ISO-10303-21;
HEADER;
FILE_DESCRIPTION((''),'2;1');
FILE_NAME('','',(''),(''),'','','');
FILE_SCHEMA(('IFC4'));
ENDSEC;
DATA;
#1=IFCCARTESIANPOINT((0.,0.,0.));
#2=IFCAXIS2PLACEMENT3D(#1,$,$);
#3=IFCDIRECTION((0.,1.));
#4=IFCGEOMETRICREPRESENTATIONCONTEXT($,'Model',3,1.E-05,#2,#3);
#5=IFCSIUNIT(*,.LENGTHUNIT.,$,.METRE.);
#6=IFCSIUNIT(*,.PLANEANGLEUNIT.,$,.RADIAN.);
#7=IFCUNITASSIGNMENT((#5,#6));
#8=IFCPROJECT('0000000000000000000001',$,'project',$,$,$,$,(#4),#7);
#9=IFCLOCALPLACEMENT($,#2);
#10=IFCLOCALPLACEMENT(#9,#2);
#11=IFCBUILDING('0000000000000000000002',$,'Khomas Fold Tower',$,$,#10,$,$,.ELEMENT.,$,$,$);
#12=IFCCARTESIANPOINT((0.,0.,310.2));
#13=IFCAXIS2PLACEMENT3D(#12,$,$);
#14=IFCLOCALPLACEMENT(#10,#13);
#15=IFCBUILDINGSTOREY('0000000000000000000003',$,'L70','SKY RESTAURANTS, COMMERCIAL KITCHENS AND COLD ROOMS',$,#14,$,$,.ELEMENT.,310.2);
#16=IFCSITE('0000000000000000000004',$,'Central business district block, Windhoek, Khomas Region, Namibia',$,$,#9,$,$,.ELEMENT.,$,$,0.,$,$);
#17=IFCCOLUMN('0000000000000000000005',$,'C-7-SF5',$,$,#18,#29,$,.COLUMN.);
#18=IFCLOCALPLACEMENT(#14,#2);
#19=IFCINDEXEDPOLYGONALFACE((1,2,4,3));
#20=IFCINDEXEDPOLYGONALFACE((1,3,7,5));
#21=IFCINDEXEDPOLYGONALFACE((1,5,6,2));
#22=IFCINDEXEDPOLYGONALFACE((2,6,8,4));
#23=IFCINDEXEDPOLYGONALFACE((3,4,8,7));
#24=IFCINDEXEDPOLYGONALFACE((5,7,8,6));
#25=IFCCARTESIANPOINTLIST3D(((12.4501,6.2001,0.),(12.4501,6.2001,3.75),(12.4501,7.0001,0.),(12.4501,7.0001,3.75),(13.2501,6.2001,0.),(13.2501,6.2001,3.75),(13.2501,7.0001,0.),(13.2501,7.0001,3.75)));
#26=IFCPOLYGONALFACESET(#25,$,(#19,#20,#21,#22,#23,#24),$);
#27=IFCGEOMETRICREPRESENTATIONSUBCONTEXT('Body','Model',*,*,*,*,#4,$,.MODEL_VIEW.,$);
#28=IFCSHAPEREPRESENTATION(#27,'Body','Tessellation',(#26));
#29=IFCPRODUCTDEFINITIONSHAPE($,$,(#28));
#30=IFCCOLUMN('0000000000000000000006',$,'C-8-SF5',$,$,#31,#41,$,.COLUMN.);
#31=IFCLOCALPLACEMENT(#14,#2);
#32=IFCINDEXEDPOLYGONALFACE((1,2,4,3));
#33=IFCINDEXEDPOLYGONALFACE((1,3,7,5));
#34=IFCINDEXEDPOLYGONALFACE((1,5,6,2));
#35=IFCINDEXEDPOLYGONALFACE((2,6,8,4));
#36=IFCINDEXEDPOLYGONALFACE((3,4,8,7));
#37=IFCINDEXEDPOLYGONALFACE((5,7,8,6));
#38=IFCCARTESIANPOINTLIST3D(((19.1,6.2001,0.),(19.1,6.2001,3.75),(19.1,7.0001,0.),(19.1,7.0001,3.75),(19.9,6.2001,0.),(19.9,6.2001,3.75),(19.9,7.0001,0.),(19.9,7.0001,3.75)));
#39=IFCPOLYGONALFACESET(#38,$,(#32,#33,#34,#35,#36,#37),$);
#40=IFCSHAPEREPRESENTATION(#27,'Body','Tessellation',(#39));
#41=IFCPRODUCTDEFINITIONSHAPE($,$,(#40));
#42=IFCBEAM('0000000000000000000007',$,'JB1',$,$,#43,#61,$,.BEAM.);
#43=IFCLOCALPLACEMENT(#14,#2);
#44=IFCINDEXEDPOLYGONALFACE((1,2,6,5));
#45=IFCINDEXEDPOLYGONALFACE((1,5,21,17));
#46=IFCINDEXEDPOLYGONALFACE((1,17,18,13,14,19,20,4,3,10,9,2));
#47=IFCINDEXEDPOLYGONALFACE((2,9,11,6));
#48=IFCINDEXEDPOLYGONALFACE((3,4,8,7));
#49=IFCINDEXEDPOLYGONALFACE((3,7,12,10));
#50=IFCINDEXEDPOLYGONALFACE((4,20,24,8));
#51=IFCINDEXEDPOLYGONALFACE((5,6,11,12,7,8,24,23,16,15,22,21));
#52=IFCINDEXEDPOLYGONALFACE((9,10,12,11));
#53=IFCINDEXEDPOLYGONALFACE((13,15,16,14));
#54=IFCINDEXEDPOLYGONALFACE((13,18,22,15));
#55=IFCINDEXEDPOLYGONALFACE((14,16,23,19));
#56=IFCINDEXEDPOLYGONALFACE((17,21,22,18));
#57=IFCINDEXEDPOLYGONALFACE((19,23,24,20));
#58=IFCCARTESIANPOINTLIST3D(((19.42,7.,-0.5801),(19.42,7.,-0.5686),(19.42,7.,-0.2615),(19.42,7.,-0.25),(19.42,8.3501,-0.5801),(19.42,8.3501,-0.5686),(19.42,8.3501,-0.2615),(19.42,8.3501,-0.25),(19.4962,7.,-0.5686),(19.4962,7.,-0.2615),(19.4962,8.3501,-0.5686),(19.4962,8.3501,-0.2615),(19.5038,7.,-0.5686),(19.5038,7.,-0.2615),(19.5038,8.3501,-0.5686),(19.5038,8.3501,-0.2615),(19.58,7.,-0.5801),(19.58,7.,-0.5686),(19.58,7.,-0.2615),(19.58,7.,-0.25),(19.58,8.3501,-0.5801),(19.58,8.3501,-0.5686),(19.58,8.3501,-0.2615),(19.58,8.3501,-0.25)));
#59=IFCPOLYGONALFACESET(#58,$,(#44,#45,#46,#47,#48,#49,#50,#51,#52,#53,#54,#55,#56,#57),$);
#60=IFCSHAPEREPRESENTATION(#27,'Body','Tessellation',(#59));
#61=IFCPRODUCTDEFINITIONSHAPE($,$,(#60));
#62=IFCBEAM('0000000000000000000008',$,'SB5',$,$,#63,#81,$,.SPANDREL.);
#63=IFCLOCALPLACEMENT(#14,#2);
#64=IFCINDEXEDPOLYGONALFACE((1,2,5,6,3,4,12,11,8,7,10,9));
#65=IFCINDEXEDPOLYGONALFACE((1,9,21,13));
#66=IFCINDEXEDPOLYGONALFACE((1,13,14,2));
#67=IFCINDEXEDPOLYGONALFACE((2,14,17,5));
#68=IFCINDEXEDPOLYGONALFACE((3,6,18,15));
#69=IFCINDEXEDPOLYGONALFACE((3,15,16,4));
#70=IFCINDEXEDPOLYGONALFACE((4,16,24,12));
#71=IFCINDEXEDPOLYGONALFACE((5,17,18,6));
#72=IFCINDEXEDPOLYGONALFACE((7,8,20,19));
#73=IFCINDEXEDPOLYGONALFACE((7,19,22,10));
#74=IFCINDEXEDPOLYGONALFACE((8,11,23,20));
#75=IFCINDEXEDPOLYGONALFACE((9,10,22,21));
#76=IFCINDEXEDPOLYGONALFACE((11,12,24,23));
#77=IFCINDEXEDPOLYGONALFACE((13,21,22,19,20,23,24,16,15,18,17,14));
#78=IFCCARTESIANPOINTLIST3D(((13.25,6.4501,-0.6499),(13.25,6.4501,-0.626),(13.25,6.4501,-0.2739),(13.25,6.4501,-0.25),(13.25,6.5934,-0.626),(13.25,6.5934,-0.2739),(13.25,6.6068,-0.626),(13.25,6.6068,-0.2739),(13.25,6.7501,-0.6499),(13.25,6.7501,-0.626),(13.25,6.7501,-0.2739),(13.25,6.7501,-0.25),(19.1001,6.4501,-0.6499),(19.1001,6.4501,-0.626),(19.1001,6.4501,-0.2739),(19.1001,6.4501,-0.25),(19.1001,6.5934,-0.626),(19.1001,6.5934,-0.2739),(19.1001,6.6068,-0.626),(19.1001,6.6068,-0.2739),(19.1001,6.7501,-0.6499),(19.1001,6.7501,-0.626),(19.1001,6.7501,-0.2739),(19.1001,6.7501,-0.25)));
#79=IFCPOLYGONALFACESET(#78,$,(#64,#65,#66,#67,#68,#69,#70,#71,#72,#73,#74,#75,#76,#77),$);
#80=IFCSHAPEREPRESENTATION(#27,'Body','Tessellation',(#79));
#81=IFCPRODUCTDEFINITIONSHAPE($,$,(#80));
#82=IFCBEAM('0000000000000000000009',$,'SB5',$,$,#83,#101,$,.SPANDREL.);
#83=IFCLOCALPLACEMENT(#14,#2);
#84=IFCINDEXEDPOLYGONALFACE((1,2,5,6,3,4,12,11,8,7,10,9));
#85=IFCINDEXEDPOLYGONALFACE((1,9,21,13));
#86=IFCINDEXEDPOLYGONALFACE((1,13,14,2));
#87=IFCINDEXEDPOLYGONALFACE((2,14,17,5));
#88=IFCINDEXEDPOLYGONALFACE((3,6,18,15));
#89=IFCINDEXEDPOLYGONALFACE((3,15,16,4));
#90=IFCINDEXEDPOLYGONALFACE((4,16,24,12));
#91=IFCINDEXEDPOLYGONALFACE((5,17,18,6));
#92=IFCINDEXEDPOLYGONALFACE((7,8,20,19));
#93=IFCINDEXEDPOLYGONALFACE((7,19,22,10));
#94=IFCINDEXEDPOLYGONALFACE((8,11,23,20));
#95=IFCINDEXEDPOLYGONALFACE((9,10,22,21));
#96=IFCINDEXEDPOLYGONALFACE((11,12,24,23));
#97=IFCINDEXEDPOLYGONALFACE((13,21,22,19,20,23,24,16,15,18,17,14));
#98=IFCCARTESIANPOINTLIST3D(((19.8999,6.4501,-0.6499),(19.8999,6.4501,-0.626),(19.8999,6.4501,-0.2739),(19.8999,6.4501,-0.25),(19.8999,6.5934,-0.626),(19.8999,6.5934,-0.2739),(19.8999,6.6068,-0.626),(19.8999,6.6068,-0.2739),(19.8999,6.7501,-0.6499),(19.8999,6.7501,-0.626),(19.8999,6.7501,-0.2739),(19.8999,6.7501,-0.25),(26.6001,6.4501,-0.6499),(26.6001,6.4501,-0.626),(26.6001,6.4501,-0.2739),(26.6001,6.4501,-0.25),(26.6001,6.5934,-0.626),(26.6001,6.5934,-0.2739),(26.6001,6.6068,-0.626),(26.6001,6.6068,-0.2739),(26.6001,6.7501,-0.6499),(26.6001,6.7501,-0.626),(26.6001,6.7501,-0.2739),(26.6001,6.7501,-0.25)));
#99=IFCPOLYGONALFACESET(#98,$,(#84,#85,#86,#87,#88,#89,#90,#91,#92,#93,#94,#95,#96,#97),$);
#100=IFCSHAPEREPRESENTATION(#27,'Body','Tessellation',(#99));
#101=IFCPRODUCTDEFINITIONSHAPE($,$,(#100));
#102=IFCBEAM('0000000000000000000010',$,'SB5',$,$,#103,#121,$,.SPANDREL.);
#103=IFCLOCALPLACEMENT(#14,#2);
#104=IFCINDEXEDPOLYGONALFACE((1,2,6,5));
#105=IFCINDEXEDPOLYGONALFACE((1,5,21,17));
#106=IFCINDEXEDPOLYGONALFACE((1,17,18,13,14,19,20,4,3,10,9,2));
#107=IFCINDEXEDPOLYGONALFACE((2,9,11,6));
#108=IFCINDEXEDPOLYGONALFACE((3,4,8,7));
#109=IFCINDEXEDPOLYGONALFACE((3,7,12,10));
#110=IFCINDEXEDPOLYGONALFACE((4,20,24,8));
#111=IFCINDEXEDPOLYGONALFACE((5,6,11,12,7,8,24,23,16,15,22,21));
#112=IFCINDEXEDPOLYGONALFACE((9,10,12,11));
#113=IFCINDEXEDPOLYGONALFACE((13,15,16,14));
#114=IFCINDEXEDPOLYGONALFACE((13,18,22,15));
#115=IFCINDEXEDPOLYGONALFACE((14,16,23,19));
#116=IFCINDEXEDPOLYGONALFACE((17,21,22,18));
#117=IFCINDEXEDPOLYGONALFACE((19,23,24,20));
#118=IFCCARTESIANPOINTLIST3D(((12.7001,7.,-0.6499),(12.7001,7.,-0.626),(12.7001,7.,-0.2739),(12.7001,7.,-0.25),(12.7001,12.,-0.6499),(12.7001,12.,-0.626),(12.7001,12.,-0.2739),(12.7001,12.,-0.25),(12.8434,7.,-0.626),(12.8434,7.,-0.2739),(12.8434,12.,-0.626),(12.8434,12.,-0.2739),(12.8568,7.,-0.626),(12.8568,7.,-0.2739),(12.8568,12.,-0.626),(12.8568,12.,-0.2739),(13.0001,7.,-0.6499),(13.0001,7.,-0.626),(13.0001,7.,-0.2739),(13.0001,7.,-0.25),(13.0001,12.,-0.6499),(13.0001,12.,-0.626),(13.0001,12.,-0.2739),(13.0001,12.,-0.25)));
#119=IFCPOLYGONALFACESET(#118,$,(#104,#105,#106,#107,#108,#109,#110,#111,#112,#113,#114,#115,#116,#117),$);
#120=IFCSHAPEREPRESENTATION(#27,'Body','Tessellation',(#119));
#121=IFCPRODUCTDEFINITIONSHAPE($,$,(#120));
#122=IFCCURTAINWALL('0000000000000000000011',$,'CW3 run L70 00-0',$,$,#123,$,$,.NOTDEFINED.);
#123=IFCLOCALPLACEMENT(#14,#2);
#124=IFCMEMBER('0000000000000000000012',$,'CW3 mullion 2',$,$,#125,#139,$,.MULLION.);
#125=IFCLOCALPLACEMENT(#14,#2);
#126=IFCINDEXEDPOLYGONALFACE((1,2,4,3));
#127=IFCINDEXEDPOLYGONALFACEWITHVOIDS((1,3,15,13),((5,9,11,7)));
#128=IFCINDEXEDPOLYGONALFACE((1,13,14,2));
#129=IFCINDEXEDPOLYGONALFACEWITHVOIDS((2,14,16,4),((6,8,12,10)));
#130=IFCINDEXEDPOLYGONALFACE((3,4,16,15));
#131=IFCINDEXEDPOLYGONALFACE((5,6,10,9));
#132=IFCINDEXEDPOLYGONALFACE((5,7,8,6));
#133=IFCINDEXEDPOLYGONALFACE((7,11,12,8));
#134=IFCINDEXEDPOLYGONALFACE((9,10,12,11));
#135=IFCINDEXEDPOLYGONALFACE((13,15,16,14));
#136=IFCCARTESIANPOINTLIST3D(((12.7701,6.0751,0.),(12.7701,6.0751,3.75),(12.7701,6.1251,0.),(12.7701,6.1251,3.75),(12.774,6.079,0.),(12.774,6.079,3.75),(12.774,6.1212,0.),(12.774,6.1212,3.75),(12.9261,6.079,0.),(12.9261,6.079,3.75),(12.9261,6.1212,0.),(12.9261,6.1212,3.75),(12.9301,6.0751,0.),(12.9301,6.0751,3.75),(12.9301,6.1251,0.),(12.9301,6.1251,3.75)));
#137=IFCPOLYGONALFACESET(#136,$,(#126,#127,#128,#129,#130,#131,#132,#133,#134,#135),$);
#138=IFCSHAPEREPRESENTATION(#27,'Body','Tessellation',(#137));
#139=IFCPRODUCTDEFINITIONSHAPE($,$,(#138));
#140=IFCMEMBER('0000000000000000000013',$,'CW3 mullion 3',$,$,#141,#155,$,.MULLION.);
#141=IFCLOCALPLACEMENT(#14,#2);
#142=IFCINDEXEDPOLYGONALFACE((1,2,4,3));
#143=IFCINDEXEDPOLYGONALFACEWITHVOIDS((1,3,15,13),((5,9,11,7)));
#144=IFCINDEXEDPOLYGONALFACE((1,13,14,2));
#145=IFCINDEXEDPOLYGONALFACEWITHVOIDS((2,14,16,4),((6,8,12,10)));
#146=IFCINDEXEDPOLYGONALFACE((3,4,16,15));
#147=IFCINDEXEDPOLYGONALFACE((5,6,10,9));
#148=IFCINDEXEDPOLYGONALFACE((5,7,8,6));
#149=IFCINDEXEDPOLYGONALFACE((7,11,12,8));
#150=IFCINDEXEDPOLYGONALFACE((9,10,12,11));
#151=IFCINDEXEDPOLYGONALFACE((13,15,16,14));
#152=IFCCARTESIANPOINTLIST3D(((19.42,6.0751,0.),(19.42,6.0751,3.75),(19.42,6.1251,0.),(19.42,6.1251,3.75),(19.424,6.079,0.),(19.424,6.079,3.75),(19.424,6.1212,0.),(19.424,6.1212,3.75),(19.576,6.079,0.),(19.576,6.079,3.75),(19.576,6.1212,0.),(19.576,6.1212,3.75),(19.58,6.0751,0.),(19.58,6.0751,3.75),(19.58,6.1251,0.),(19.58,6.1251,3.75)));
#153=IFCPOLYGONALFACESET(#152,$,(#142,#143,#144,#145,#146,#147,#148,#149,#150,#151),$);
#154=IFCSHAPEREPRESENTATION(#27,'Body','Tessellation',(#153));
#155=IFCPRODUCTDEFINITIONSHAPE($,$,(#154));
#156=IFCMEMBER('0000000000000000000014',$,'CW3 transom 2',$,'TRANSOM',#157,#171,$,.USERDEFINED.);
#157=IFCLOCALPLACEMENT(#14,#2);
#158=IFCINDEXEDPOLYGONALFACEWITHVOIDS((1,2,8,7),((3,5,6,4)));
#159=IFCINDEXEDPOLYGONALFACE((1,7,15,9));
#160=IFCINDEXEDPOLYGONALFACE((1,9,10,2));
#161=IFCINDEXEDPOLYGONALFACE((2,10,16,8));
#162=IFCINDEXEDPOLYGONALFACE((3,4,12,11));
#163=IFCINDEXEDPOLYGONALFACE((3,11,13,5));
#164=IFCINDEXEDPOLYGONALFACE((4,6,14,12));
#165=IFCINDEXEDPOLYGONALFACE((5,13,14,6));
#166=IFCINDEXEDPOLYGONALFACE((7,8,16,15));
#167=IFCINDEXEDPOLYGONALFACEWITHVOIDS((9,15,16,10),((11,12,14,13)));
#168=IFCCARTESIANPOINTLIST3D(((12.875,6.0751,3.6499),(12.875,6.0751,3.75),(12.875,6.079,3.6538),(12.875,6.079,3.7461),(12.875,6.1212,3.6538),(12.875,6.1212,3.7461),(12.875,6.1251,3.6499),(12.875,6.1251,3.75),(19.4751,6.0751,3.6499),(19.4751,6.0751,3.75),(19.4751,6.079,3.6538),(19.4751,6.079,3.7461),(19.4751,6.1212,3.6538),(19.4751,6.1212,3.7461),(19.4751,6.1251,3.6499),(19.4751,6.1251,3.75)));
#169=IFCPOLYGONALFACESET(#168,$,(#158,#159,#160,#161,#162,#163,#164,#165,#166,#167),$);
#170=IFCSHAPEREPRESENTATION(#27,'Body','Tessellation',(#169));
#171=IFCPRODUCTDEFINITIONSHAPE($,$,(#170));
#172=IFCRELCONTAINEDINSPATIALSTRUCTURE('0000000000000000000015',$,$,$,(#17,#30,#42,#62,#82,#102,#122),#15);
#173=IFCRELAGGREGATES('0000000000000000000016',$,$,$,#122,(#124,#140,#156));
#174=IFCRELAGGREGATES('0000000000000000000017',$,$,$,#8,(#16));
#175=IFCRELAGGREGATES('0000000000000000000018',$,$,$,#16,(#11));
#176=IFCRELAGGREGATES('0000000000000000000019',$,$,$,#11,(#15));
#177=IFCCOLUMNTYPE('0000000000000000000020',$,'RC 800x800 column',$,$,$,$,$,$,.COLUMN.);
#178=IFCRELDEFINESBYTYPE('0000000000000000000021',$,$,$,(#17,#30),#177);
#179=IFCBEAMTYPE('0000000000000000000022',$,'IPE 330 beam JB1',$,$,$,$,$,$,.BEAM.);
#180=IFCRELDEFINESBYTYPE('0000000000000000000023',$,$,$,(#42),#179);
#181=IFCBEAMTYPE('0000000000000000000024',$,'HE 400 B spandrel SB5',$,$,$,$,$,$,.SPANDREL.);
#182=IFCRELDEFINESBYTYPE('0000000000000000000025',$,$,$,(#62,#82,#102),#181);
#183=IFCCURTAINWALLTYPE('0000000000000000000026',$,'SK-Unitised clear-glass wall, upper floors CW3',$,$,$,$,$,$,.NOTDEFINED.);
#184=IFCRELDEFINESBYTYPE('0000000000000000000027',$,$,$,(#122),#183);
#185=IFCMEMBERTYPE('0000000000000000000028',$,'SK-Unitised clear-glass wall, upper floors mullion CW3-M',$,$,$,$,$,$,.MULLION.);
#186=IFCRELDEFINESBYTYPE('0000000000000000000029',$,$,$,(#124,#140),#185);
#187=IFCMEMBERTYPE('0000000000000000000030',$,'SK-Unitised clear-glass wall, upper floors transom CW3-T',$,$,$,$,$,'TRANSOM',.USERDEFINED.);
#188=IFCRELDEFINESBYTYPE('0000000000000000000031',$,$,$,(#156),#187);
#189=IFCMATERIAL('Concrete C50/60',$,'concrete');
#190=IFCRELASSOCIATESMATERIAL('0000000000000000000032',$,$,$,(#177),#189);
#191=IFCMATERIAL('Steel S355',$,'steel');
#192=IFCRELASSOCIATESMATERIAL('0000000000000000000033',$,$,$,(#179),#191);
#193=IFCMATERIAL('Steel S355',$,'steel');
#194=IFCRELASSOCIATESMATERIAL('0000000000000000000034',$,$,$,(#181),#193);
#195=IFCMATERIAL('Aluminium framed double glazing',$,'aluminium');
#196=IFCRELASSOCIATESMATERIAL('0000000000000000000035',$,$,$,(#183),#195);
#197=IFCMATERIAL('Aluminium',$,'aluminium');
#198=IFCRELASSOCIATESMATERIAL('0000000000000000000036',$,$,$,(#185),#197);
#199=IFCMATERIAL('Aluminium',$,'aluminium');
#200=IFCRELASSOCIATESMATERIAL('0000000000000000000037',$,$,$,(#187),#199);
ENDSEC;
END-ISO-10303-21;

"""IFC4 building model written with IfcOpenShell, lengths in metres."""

from ifc_helpers import new_model, si_unit, direction, frame, origin, origin_2d, place, context, subcontext, project, spatial, rectangle, hollow_rectangle, i_section, extrude, source, transform, mapped, material, material_profile, profile_set, type_object, element, aggregate, save


model = new_model("IFC4")

# Units and contexts
model_context = context("Model", 3, precision=1e-05, world=origin(), true_north=direction((0.0, 1.0)))
body_context = subcontext(model_context, "Body", "Model", "MODEL_VIEW")
ifc_project = project(units=[si_unit("LENGTHUNIT", "METRE"), si_unit("PLANEANGLEUNIT", "RADIAN")], contexts=[model_context])

# Site, building, storey
site_placement = place(None, origin())
site = spatial("IfcSite", under=ifc_project, at=site_placement, Name="Central business district block, Windhoek, Khomas Region, Namibia", CompositionType="ELEMENT", RefElevation=0.0)
building_placement = place(site_placement, origin())
building = spatial("IfcBuilding", under=site, at=building_placement, Name="Khomas Fold Tower", CompositionType="ELEMENT")
storey_placement = place(building_placement, frame((0.0, 0.0, 310.2)))
storey = spatial("IfcBuildingStorey", under=building, at=storey_placement, Name="L70", Description="SKY RESTAURANTS, COMMERCIAL KITCHENS AND COLD ROOMS", CompositionType="ELEMENT", Elevation=310.2)

# Columns
ifc_material_1 = material(Name="Concrete C50/60", Category="concrete")
ifc_material_profile_1 = material_profile(ifc_material_1, rectangle(XDim=0.8, YDim=0.8, at=origin_2d()), Name="RC 800x800")
ifc_profile_set_1 = profile_set([ifc_material_profile_1], Name="Concrete C50/60")
column_type = type_object("IfcColumnType", Name="RC 800x800 column", PredefinedType="COLUMN", material=ifc_profile_set_1)
shared_shape_1 = source(origin(), body_context, "Body", "SweptSolid", [
    extrude(rectangle(XDim=0.8, YDim=0.8, at=origin_2d()), origin(), (0.0, 0.0, 1.0), 3.75),
])
for number, where, z_axis, x_axis, name in (
    (1, (12.8501, 6.6001, 0.0), (0.0, 0.0, 1.0), (1.0, 0.0, 0.0), "C-7-SF5"),
    (2, (19.5, 6.6001, 0.0), (0.0, 0.0, 1.0), (1.0, 0.0, 0.0), "C-8-SF5"),
):
    element("IfcColumn", number, at=place(storey_placement, frame(where, z_axis=z_axis, x_axis=x_axis)), inside=storey, type_object=column_type, Name=name, PredefinedType="COLUMN", context=body_context, shape_type="MappedRepresentation", body=[
        mapped(shared_shape_1, transform((0.0, 0.0, 0.0))),
    ])

# Beams
ifc_material_2 = material(Name="Steel S355", Category="steel")
ifc_material_profile_2 = material_profile(ifc_material_2, i_section(OverallWidth=0.1599, OverallDepth=0.3301, WebThickness=0.0076, FlangeThickness=0.0115, at=origin_2d()), Name="IPE 330")
ifc_profile_set_2 = profile_set([ifc_material_profile_2], Name="Steel S355")
beam_type_1 = type_object("IfcBeamType", Name="IPE 330 beam JB1", PredefinedType="BEAM", material=ifc_profile_set_2)
shared_shape_2 = source(origin(), body_context, "Body", "SweptSolid", [
    extrude(i_section(OverallWidth=0.1599, OverallDepth=0.3301, WebThickness=0.0076, FlangeThickness=0.0115, at=origin_2d()), origin(), (0.0, 0.0, 1.0), 1.3501),
])
beam_1_placement = place(storey_placement, frame((19.5, 7.0, -0.415), z_axis=(0.0, 1.0, 0.0), x_axis=(-1.0, 0.0, 0.0)))
element("IfcBeam", 3, at=beam_1_placement, inside=storey, type_object=beam_type_1, Name="JB1", PredefinedType="BEAM", context=body_context, shape_type="MappedRepresentation", body=[
    mapped(shared_shape_2, transform((0.0, 0.0, 0.0))),
])
ifc_material_3 = material(Name="Steel S355", Category="steel")
ifc_material_profile_3 = material_profile(ifc_material_3, i_section(OverallWidth=0.3, OverallDepth=0.3999, WebThickness=0.0134, FlangeThickness=0.0239, at=origin_2d()), Name="HE 400 B")
ifc_profile_set_3 = profile_set([ifc_material_profile_3], Name="Steel S355")
beam_type_2 = type_object("IfcBeamType", Name="HE 400 B spandrel SB5", PredefinedType="SPANDREL", material=ifc_profile_set_3)
shared_shape_3 = source(origin(), body_context, "Body", "SweptSolid", [
    extrude(i_section(OverallWidth=0.3, OverallDepth=0.3999, WebThickness=0.0134, FlangeThickness=0.0239, at=origin_2d()), origin(), (0.0, 0.0, 1.0), 5.8501),
])
beam_2_placement = place(storey_placement, frame((13.25, 6.6001, -0.45), z_axis=(1.0, 0.0, 0.0), x_axis=(0.0, 1.0, 0.0)))
element("IfcBeam", 4, at=beam_2_placement, inside=storey, type_object=beam_type_2, Name="SB5", PredefinedType="SPANDREL", context=body_context, shape_type="MappedRepresentation", body=[
    mapped(shared_shape_3, transform((0.0, 0.0, 0.0))),
])
shared_shape_4 = source(origin(), body_context, "Body", "SweptSolid", [
    extrude(i_section(OverallWidth=0.3, OverallDepth=0.3999, WebThickness=0.0134, FlangeThickness=0.0239, at=origin_2d()), origin(), (0.0, 0.0, 1.0), 6.7002),
])
beam_3_placement = place(storey_placement, frame((19.8999, 6.6001, -0.45), z_axis=(1.0, 0.0, 0.0), x_axis=(0.0, 1.0, 0.0)))
element("IfcBeam", 5, at=beam_3_placement, inside=storey, type_object=beam_type_2, Name="SB5", PredefinedType="SPANDREL", context=body_context, shape_type="MappedRepresentation", body=[
    mapped(shared_shape_4, transform((0.0, 0.0, 0.0))),
])
shared_shape_5 = source(origin(), body_context, "Body", "SweptSolid", [
    extrude(i_section(OverallWidth=0.3, OverallDepth=0.3999, WebThickness=0.0134, FlangeThickness=0.0239, at=origin_2d()), origin(), (0.0, 0.0, 1.0), 5.0),
])
beam_4_placement = place(storey_placement, frame((12.8501, 7.0, -0.45), z_axis=(0.0, 1.0, 0.0), x_axis=(-1.0, 0.0, 0.0)))
element("IfcBeam", 6, at=beam_4_placement, inside=storey, type_object=beam_type_2, Name="SB5", PredefinedType="SPANDREL", context=body_context, shape_type="MappedRepresentation", body=[
    mapped(shared_shape_5, transform((0.0, 0.0, 0.0))),
])

# Curtain wall, members
ifc_material_4 = material(Name="Aluminium framed double glazing", Category="aluminium")
curtain_wall_type = type_object("IfcCurtainWallType", Name="SK-Unitised clear-glass wall, upper floors CW3", PredefinedType="NOTDEFINED", material=ifc_material_4)
curtain_wall_placement = place(storey_placement, origin())
curtain_wall = element("IfcCurtainWall", 7, at=curtain_wall_placement, inside=storey, type_object=curtain_wall_type, Name="CW3 run L70 00-0", PredefinedType="NOTDEFINED")
ifc_material_5 = material(Name="Aluminium", Category="aluminium")
ifc_material_profile_4 = material_profile(ifc_material_5, hollow_rectangle(XDim=0.05, YDim=0.1599, WallThickness=0.0039, at=origin_2d()), Name="SK-Unitised clear-glass wall, upper floors mullion CW3-M")
ifc_profile_set_4 = profile_set([ifc_material_profile_4], Name="Aluminium")
member_type_1 = type_object("IfcMemberType", Name="SK-Unitised clear-glass wall, upper floors mullion CW3-M", PredefinedType="MULLION", material=ifc_profile_set_4)
shared_shape_6 = source(origin(), body_context, "Body", "SweptSolid", [
    extrude(hollow_rectangle(XDim=0.05, YDim=0.1599, WallThickness=0.0039, at=origin_2d()), origin(), (0.0, 0.0, 1.0), 3.75),
])
member_1_placement = place(storey_placement, frame((12.8501, 6.1001, 0.0), z_axis=(0.0, 0.0, 1.0), x_axis=(0.0, 1.0, 0.0)))
member_1 = element("IfcMember", 8, at=member_1_placement, type_object=member_type_1, Name="CW3 mullion 2", PredefinedType="MULLION", context=body_context, shape_type="MappedRepresentation", body=[
    mapped(shared_shape_6, transform((0.0, 0.0, 0.0))),
])
member_2_placement = place(storey_placement, frame((19.5, 6.1001, 0.0), z_axis=(0.0, 0.0, 1.0), x_axis=(0.0, 1.0, 0.0)))
member_2 = element("IfcMember", 9, at=member_2_placement, type_object=member_type_1, Name="CW3 mullion 3", PredefinedType="MULLION", context=body_context, shape_type="MappedRepresentation", body=[
    mapped(shared_shape_6, transform((0.0, 0.0, 0.0))),
])
ifc_material_6 = material(Name="Aluminium", Category="aluminium")
ifc_material_profile_5 = material_profile(ifc_material_6, hollow_rectangle(XDim=0.05, YDim=0.1001, WallThickness=0.0039, at=origin_2d()), Name="SK-Unitised clear-glass wall, upper floors transom CW3-T")
ifc_profile_set_5 = profile_set([ifc_material_profile_5], Name="Aluminium")
member_type_2 = type_object("IfcMemberType", Name="SK-Unitised clear-glass wall, upper floors transom CW3-T", ElementType="TRANSOM", PredefinedType="USERDEFINED", material=ifc_profile_set_5)
shared_shape_7 = source(origin(), body_context, "Body", "SweptSolid", [
    extrude(hollow_rectangle(XDim=0.05, YDim=0.1001, WallThickness=0.0039, at=origin_2d()), origin(), (0.0, 0.0, 1.0), 6.6001),
])
member_3_placement = place(storey_placement, frame((12.875, 6.1001, 3.7), z_axis=(1.0, 0.0, 0.0), x_axis=(0.0, 1.0, 0.0)))
member_3 = element("IfcMember", 10, at=member_3_placement, type_object=member_type_2, Name="CW3 transom 2", ObjectType="TRANSOM", PredefinedType="USERDEFINED", context=body_context, shape_type="MappedRepresentation", body=[
    mapped(shared_shape_7, transform((0.0, 0.0, 0.0))),
])
aggregate(curtain_wall, [member_1, member_2, member_3])

save(model, "model.ifc")
